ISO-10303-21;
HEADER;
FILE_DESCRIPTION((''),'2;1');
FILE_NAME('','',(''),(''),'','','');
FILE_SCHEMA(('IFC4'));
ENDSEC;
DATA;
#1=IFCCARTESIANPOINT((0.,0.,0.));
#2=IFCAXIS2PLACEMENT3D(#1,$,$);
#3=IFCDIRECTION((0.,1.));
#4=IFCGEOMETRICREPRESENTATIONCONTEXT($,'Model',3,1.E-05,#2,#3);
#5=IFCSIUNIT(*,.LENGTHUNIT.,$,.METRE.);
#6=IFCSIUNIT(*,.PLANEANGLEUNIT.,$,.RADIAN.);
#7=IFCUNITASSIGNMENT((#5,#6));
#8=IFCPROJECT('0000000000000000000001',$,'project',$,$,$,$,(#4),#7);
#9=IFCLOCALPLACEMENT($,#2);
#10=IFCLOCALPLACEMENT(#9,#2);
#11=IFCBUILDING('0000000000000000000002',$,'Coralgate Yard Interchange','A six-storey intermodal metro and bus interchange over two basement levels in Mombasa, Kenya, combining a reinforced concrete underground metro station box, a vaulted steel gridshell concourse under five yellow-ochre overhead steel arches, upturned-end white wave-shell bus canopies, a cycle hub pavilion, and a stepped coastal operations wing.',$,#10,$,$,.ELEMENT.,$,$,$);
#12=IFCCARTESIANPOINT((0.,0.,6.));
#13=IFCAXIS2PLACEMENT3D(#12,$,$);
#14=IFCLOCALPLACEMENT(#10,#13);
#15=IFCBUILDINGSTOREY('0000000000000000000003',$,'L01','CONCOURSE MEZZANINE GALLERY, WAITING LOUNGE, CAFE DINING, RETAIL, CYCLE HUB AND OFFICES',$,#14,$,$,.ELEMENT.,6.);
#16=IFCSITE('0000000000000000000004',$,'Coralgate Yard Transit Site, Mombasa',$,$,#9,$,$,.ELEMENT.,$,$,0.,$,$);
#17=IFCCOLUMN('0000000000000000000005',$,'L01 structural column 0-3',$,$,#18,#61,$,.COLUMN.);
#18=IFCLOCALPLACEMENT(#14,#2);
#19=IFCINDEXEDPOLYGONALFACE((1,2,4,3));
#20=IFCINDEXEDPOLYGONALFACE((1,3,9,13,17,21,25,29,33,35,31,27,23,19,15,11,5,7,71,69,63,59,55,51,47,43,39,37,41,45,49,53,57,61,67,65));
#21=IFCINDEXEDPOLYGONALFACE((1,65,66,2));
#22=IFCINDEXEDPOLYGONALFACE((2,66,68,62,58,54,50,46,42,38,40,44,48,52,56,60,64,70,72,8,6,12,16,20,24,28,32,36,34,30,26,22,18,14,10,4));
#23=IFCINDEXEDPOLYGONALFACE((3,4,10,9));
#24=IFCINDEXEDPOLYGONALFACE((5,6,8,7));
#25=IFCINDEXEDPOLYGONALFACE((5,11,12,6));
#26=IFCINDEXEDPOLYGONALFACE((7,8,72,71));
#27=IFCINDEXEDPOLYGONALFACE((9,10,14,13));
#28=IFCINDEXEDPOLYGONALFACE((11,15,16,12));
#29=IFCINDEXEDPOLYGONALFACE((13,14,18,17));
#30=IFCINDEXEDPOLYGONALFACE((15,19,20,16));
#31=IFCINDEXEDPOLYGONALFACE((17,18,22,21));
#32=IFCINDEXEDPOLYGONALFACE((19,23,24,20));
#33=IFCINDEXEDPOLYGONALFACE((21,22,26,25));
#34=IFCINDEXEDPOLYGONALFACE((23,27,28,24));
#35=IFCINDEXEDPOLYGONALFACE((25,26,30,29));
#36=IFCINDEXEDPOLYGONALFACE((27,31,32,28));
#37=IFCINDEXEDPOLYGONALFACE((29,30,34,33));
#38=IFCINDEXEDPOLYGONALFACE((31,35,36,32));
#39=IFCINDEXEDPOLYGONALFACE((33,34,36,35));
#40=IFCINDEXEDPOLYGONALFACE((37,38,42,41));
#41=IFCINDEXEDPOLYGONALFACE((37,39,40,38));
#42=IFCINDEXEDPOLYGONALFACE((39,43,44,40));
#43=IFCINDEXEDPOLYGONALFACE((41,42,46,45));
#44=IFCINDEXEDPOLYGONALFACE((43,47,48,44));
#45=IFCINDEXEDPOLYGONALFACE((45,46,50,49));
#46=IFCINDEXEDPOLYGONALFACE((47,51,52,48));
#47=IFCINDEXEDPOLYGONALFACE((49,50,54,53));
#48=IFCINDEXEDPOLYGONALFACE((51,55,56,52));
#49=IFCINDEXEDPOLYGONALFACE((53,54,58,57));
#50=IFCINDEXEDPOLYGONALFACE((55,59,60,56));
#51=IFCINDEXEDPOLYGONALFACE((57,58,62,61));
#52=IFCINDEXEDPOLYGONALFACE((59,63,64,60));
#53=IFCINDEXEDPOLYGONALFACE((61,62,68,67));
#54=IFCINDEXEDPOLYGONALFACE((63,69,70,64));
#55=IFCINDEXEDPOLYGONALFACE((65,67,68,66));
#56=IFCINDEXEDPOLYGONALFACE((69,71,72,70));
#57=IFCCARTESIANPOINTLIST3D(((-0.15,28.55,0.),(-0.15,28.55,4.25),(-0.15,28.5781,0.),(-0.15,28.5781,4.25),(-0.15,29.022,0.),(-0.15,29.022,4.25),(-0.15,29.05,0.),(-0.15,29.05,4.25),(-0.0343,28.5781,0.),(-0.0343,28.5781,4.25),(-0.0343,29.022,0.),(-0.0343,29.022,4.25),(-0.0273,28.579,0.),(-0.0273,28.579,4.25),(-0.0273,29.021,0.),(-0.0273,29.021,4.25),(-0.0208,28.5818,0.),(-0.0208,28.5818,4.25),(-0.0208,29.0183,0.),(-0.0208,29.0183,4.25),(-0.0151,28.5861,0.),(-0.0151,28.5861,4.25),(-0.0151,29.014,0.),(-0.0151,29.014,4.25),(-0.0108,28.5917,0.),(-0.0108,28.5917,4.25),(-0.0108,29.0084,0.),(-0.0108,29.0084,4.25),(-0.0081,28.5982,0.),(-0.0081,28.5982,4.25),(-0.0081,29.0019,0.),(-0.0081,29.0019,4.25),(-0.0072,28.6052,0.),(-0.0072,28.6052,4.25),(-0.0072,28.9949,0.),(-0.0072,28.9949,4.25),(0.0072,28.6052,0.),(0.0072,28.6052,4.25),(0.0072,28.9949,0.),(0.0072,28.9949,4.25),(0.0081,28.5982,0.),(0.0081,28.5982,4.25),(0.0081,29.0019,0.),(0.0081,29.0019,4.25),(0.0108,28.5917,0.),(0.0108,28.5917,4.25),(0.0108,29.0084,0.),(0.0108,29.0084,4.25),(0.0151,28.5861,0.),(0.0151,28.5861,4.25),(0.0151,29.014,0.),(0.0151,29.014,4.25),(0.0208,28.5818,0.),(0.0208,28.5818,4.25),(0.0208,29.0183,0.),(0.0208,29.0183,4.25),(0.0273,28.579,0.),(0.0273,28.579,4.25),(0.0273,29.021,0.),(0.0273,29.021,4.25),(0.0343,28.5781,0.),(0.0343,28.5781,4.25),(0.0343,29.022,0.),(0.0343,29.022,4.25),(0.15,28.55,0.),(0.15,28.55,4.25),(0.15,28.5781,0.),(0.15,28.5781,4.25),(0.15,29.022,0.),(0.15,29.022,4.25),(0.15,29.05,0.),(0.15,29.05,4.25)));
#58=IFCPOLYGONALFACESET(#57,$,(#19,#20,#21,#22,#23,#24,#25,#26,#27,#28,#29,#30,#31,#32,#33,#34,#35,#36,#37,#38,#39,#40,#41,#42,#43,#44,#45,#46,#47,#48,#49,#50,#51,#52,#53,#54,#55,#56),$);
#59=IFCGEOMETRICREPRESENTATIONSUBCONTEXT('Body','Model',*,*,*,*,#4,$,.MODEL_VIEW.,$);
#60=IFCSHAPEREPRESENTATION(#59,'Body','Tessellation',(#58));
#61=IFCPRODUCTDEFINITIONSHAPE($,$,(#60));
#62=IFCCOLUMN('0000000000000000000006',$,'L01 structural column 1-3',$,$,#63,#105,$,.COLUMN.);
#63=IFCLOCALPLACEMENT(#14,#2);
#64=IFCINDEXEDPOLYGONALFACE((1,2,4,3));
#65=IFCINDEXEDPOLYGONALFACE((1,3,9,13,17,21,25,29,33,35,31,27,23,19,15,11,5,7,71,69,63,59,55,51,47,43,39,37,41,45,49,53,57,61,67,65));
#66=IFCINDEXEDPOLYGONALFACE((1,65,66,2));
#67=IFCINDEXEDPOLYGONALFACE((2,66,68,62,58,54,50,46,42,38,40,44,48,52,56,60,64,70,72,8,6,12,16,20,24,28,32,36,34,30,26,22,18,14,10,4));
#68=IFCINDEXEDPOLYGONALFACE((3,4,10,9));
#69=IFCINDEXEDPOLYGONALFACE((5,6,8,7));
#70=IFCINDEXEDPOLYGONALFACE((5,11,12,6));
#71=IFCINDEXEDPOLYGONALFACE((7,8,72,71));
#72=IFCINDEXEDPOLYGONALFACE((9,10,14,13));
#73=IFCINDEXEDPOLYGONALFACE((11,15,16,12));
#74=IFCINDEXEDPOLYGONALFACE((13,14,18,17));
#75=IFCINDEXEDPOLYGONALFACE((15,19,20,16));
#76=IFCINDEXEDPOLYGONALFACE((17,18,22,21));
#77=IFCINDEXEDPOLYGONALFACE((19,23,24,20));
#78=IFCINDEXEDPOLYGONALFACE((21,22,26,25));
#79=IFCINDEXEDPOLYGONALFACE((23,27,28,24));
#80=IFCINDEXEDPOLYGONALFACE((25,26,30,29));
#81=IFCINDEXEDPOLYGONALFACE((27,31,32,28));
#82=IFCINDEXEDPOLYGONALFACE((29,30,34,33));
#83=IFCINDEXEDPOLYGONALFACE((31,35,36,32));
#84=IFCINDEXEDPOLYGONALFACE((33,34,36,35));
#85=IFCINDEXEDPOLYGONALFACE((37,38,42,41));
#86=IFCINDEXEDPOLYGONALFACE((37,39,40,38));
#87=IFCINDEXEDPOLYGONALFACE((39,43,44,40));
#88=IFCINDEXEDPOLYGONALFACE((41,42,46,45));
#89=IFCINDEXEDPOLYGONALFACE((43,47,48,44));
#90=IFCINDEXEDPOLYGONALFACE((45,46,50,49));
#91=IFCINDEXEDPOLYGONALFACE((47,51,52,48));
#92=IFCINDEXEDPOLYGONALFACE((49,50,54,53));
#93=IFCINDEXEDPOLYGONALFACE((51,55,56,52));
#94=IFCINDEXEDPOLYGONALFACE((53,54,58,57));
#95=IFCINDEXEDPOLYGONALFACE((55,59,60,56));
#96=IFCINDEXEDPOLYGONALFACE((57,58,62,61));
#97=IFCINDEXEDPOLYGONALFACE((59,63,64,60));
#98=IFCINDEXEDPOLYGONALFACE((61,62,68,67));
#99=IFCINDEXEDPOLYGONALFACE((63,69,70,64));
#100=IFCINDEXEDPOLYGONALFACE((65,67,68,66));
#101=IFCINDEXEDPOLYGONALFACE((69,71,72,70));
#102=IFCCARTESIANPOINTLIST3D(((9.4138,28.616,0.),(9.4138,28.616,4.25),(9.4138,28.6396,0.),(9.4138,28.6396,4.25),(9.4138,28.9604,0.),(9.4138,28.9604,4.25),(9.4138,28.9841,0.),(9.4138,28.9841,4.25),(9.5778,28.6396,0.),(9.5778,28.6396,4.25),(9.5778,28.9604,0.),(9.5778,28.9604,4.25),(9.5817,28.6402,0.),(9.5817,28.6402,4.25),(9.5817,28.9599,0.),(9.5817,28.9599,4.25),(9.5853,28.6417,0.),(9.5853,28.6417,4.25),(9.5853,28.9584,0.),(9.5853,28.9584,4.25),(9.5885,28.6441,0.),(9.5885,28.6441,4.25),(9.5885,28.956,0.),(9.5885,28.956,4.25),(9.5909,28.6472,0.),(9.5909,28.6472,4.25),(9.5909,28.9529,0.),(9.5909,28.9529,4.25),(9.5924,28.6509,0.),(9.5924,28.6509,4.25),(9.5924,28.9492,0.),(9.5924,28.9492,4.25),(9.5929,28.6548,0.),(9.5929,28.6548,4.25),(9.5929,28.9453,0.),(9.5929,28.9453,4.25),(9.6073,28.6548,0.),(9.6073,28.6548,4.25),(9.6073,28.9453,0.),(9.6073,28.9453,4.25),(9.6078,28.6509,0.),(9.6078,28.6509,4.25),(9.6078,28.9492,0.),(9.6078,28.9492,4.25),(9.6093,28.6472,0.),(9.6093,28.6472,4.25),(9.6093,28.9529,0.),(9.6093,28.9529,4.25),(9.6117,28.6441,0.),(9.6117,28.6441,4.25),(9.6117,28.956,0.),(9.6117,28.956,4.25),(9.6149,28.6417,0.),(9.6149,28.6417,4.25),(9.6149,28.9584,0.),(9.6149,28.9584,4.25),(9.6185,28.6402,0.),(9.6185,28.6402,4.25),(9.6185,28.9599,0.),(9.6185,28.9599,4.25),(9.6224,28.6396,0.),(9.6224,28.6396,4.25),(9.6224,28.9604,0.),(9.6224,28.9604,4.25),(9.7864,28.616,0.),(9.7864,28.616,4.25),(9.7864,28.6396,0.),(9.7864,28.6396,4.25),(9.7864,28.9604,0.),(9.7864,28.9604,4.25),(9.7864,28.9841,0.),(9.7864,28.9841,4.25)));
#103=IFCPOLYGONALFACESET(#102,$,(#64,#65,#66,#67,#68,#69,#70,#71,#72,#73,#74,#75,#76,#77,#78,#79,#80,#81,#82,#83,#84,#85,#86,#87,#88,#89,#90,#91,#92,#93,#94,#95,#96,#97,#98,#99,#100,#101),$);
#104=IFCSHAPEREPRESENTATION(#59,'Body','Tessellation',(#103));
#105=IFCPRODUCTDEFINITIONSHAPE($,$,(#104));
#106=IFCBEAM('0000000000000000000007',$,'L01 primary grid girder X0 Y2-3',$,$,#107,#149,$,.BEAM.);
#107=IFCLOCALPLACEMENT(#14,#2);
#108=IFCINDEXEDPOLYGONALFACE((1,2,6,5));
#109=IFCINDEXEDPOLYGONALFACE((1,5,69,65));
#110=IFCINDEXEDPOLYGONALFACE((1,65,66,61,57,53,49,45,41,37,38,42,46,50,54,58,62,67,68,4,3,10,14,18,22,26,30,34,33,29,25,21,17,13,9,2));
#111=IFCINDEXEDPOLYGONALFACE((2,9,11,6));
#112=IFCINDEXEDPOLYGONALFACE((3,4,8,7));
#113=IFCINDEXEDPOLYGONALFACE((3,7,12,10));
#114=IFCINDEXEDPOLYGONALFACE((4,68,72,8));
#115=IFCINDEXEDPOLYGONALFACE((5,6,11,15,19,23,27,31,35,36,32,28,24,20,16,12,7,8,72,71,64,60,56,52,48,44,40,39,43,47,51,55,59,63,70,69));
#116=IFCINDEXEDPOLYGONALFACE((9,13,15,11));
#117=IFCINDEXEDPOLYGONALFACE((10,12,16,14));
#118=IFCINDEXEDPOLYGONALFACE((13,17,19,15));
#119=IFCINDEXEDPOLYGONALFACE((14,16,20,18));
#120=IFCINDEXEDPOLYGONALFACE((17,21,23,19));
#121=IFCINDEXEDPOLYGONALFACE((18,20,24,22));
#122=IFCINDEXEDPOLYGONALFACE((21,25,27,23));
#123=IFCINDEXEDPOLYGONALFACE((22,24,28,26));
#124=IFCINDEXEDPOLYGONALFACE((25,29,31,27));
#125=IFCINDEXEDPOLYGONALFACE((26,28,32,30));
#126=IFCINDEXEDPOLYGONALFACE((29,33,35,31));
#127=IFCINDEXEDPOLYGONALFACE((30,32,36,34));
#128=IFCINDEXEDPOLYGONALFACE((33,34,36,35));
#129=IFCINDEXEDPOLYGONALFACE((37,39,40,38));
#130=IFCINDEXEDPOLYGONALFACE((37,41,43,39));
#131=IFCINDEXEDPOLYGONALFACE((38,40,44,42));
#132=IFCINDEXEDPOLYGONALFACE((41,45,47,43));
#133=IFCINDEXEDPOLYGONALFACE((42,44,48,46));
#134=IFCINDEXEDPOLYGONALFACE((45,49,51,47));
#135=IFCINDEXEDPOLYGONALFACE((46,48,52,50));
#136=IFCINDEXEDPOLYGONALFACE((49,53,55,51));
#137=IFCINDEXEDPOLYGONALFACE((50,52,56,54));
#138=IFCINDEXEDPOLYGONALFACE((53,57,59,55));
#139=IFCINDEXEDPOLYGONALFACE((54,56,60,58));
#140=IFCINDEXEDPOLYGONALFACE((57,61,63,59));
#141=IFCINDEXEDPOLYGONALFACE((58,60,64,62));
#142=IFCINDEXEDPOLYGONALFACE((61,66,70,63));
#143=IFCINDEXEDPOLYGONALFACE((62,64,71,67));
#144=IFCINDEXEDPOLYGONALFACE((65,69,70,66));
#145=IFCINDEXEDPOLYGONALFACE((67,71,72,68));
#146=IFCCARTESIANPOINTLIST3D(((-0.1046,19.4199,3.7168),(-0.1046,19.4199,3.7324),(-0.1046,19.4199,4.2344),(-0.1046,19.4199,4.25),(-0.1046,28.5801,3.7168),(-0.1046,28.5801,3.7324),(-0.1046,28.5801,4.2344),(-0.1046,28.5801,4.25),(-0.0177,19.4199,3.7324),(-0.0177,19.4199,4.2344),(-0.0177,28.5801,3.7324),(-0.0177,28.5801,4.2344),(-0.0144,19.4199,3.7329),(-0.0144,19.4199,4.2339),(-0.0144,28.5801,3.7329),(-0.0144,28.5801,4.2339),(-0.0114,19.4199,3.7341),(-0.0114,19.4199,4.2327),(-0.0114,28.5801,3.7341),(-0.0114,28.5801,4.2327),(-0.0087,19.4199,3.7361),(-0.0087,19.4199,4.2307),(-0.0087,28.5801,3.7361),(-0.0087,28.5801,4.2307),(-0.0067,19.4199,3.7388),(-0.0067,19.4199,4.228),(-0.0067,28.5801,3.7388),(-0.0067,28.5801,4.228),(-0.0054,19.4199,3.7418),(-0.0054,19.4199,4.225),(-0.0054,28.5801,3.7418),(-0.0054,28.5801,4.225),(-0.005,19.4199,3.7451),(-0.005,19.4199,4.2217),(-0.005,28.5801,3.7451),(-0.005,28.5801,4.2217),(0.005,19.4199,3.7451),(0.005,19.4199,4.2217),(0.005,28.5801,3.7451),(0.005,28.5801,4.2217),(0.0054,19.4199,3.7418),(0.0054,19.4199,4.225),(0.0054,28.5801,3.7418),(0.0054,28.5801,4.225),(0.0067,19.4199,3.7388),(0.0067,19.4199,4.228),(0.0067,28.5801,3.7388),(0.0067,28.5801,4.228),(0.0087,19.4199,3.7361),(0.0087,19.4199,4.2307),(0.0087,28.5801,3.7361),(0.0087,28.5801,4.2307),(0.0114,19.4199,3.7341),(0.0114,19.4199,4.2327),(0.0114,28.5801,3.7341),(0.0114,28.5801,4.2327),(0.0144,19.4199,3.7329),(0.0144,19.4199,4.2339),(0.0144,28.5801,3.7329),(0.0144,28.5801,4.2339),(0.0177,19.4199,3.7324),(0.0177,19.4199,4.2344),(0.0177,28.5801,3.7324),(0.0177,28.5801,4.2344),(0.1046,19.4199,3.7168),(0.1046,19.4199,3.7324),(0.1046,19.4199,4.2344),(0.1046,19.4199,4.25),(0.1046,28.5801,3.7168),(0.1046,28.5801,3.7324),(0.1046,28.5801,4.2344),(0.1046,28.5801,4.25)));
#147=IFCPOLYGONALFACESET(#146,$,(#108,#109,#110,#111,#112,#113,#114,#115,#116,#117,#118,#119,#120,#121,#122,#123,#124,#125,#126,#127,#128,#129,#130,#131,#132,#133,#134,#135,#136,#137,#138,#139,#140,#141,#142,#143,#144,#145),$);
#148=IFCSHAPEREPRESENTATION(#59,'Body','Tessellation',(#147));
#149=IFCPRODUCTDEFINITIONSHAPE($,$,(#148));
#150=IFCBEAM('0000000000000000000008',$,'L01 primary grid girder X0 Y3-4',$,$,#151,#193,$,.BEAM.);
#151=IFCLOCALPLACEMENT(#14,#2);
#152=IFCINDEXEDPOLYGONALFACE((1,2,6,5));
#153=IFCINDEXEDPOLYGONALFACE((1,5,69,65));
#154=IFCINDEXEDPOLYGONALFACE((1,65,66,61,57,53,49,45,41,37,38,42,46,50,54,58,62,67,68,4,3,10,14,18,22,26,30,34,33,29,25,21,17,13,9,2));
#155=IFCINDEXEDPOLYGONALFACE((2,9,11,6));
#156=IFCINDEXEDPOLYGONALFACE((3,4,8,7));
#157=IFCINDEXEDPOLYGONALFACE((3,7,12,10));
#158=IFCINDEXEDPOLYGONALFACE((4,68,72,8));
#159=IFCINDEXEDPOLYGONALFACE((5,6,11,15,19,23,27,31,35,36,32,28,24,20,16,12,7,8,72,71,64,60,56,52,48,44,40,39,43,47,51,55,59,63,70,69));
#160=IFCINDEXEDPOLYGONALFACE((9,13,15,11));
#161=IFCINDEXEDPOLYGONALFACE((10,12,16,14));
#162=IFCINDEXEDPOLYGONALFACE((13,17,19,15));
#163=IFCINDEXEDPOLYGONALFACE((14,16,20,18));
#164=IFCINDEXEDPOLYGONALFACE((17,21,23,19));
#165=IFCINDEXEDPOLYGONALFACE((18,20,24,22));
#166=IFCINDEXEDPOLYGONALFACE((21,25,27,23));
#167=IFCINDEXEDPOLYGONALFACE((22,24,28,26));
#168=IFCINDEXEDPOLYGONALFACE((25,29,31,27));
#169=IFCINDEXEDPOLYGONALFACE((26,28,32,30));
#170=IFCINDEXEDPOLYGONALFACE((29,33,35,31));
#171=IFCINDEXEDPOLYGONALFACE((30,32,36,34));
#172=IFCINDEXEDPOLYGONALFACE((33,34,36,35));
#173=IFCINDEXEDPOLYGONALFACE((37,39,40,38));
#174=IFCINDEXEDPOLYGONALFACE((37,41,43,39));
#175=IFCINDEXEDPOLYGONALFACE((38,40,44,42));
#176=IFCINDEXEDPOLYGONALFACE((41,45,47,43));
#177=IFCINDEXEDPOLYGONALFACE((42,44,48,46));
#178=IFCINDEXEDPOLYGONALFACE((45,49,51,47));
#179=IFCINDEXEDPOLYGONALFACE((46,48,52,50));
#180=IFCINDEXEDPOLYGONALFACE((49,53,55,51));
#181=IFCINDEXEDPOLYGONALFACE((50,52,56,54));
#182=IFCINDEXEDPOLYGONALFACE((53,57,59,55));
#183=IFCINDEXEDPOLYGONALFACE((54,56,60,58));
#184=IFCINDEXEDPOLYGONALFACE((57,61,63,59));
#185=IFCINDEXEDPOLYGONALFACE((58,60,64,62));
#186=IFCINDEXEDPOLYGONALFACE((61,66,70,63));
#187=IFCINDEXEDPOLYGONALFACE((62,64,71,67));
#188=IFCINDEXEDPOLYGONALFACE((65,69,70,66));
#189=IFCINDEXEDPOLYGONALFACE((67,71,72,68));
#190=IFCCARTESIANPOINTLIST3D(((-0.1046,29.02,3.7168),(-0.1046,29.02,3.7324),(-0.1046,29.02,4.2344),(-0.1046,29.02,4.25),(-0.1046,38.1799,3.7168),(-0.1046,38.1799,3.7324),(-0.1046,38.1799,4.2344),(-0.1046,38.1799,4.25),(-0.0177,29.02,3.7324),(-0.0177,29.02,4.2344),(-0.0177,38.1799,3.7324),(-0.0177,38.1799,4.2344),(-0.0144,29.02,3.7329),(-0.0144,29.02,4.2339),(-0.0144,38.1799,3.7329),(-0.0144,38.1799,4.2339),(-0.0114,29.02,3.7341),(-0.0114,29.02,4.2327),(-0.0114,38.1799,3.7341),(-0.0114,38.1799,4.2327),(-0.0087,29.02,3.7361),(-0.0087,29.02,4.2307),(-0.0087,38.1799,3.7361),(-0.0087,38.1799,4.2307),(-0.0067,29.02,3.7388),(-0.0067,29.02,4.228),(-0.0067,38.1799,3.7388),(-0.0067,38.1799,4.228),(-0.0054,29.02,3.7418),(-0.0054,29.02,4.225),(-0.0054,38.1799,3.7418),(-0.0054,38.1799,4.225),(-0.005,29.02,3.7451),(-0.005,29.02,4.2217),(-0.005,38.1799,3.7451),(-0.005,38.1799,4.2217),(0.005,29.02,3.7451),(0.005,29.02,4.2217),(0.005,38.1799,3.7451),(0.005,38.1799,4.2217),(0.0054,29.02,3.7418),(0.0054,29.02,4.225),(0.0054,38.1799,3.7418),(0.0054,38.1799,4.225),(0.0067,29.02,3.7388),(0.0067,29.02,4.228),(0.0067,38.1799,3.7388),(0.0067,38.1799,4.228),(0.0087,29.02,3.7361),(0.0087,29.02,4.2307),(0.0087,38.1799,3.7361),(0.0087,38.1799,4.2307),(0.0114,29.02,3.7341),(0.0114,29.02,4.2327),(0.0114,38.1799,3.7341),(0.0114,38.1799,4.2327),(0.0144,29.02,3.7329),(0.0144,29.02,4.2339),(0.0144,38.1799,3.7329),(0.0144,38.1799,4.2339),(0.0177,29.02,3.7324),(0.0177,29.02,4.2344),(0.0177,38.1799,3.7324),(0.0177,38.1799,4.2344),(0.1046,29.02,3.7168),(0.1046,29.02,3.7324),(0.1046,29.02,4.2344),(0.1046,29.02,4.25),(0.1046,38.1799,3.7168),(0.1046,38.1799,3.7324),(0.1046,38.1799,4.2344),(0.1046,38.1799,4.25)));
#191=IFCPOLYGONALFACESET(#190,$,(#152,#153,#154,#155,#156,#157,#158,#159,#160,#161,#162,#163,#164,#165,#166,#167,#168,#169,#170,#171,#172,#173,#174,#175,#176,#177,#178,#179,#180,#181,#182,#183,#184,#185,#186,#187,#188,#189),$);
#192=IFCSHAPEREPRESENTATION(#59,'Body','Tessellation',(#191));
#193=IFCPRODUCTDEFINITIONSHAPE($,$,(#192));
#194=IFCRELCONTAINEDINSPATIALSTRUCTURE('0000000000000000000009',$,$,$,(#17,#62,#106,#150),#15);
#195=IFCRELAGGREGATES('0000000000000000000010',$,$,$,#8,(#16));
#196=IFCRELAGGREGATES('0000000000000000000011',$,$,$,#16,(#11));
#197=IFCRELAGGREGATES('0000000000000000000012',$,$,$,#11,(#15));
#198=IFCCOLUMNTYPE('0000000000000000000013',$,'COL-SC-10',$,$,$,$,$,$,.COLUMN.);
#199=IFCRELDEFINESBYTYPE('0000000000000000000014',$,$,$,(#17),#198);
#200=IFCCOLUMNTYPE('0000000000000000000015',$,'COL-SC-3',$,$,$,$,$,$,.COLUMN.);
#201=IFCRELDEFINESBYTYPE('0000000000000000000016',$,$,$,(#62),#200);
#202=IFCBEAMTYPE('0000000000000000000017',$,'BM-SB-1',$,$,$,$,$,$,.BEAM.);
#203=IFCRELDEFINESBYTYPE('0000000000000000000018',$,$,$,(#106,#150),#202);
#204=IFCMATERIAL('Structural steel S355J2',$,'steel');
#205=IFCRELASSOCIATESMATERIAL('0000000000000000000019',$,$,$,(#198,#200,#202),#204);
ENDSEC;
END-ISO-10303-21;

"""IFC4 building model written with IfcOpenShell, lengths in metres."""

from ifc_helpers import new_model, si_unit, direction, frame, origin, origin_2d, place, context, subcontext, project, spatial, i_section, extrude, material, material_profile, profile_set, type_object, element, save


model = new_model("IFC4")

# Units and contexts
model_context = context("Model", 3, precision=1e-05, world=origin(), true_north=direction((0.0, 1.0)))
body_context = subcontext(model_context, "Body", "Model", "MODEL_VIEW")
ifc_project = project(units=[si_unit("LENGTHUNIT", "METRE"), si_unit("PLANEANGLEUNIT", "RADIAN")], contexts=[model_context])

# Site, building, storey
site_placement = place(None, origin())
site = spatial("IfcSite", under=ifc_project, at=site_placement, Name="Coralgate Yard Transit Site, Mombasa", CompositionType="ELEMENT", RefElevation=0.0)
building_placement = place(site_placement, origin())
building = spatial("IfcBuilding", under=site, at=building_placement, Name="Coralgate Yard Interchange", Description="A six-storey intermodal metro and bus interchange over two basement levels in Mombasa, Kenya, combining a reinforced concrete underground metro station box, a vaulted steel gridshell concourse under five yellow-ochre overhead steel arches, upturned-end white wave-shell bus canopies, a cycle hub pavilion, and a stepped coastal operations wing.", CompositionType="ELEMENT")
storey_placement = place(building_placement, frame((0.0, 0.0, 6.0)))
storey = spatial("IfcBuildingStorey", under=building, at=storey_placement, Name="L01", Description="CONCOURSE MEZZANINE GALLERY, WAITING LOUNGE, CAFE DINING, RETAIL, CYCLE HUB AND OFFICES", CompositionType="ELEMENT", Elevation=6.0)

# Columns
ifc_material_1 = material(Name="Structural steel S355J2", Category="steel")
ifc_material_profile_1 = material_profile(ifc_material_1, i_section(OverallWidth=0.3, OverallDepth=0.5, WebThickness=0.0144, FlangeThickness=0.0281, FilletRadius=0.0271, at=origin_2d()), Name="HEB 500")
ifc_profile_set_1 = profile_set([ifc_material_profile_1], Name="Structural steel S355J2")
column_type_1 = type_object("IfcColumnType", Name="COL-SC-10", PredefinedType="COLUMN", material=ifc_profile_set_1)
column_1_placement = place(storey_placement, frame((0.0, 28.8, 0.0), z_axis=(0.0, 0.0, 1.0), x_axis=(1.0, 0.0, 0.0)))
element("IfcColumn", 1, at=column_1_placement, inside=storey, type_object=column_type_1, Name="L01 structural column 0-3", PredefinedType="COLUMN", context=body_context, shape_type="SweptSolid", body=[
    extrude(i_section(OverallWidth=0.3, OverallDepth=0.5, WebThickness=0.0144, FlangeThickness=0.0281, FilletRadius=0.0271, at=origin_2d()), origin(), (0.0, 0.0, 1.0), 4.25),
])
ifc_material_profile_2 = material_profile(ifc_material_1, i_section(OverallWidth=0.3726, OverallDepth=0.3682, WebThickness=0.0144, FlangeThickness=0.0237, FilletRadius=0.0151, at=origin_2d()), Name="UC 356x368x177")
ifc_profile_set_2 = profile_set([ifc_material_profile_2], Name="Structural steel S355J2")
column_type_2 = type_object("IfcColumnType", Name="COL-SC-3", PredefinedType="COLUMN", material=ifc_profile_set_2)
column_2_placement = place(storey_placement, frame((9.6001, 28.8, 0.0), z_axis=(0.0, 0.0, 1.0), x_axis=(1.0, 0.0, 0.0)))
element("IfcColumn", 2, at=column_2_placement, inside=storey, type_object=column_type_2, Name="L01 structural column 1-3", PredefinedType="COLUMN", context=body_context, shape_type="SweptSolid", body=[
    extrude(i_section(OverallWidth=0.3726, OverallDepth=0.3682, WebThickness=0.0144, FlangeThickness=0.0237, FilletRadius=0.0151, at=origin_2d()), origin(), (0.0, 0.0, 1.0), 4.25),
])

# Beams
ifc_material_profile_3 = material_profile(ifc_material_1, i_section(OverallWidth=0.2092, OverallDepth=0.5332, WebThickness=0.01, FlangeThickness=0.0156, FilletRadius=0.0127, at=origin_2d()), Name="UB 533x210x92")
ifc_profile_set_3 = profile_set([ifc_material_profile_3], Name="Structural steel S355J2")
beam_type_1 = type_object("IfcBeamType", Name="BM-SB-1", PredefinedType="BEAM", material=ifc_profile_set_3)
beam_1_placement = place(storey_placement, frame((0.0, 19.4199, 3.9834), z_axis=(0.0, 1.0, 0.0), x_axis=(-1.0, 0.0, 0.0)))
element("IfcBeam", 3, at=beam_1_placement, inside=storey, type_object=beam_type_1, Name="L01 primary grid girder X0 Y2-3", PredefinedType="BEAM", context=body_context, shape_type="SweptSolid", body=[
    extrude(i_section(OverallWidth=0.2092, OverallDepth=0.5332, WebThickness=0.01, FlangeThickness=0.0156, FilletRadius=0.0127, at=origin_2d()), origin(), (0.0, 0.0, 1.0), 9.1602),
])
beam_2_placement = place(storey_placement, frame((0.0, 29.02, 3.9834), z_axis=(0.0, 1.0, 0.0), x_axis=(-1.0, 0.0, 0.0)))
element("IfcBeam", 4, at=beam_2_placement, inside=storey, type_object=beam_type_1, Name="L01 primary grid girder X0 Y3-4", PredefinedType="BEAM", context=body_context, shape_type="SweptSolid", body=[
    extrude(i_section(OverallWidth=0.2092, OverallDepth=0.5332, WebThickness=0.01, FlangeThickness=0.0156, FilletRadius=0.0127, at=origin_2d()), origin(), (0.0, 0.0, 1.0), 9.1599),
])

save(model, "model.ifc")
